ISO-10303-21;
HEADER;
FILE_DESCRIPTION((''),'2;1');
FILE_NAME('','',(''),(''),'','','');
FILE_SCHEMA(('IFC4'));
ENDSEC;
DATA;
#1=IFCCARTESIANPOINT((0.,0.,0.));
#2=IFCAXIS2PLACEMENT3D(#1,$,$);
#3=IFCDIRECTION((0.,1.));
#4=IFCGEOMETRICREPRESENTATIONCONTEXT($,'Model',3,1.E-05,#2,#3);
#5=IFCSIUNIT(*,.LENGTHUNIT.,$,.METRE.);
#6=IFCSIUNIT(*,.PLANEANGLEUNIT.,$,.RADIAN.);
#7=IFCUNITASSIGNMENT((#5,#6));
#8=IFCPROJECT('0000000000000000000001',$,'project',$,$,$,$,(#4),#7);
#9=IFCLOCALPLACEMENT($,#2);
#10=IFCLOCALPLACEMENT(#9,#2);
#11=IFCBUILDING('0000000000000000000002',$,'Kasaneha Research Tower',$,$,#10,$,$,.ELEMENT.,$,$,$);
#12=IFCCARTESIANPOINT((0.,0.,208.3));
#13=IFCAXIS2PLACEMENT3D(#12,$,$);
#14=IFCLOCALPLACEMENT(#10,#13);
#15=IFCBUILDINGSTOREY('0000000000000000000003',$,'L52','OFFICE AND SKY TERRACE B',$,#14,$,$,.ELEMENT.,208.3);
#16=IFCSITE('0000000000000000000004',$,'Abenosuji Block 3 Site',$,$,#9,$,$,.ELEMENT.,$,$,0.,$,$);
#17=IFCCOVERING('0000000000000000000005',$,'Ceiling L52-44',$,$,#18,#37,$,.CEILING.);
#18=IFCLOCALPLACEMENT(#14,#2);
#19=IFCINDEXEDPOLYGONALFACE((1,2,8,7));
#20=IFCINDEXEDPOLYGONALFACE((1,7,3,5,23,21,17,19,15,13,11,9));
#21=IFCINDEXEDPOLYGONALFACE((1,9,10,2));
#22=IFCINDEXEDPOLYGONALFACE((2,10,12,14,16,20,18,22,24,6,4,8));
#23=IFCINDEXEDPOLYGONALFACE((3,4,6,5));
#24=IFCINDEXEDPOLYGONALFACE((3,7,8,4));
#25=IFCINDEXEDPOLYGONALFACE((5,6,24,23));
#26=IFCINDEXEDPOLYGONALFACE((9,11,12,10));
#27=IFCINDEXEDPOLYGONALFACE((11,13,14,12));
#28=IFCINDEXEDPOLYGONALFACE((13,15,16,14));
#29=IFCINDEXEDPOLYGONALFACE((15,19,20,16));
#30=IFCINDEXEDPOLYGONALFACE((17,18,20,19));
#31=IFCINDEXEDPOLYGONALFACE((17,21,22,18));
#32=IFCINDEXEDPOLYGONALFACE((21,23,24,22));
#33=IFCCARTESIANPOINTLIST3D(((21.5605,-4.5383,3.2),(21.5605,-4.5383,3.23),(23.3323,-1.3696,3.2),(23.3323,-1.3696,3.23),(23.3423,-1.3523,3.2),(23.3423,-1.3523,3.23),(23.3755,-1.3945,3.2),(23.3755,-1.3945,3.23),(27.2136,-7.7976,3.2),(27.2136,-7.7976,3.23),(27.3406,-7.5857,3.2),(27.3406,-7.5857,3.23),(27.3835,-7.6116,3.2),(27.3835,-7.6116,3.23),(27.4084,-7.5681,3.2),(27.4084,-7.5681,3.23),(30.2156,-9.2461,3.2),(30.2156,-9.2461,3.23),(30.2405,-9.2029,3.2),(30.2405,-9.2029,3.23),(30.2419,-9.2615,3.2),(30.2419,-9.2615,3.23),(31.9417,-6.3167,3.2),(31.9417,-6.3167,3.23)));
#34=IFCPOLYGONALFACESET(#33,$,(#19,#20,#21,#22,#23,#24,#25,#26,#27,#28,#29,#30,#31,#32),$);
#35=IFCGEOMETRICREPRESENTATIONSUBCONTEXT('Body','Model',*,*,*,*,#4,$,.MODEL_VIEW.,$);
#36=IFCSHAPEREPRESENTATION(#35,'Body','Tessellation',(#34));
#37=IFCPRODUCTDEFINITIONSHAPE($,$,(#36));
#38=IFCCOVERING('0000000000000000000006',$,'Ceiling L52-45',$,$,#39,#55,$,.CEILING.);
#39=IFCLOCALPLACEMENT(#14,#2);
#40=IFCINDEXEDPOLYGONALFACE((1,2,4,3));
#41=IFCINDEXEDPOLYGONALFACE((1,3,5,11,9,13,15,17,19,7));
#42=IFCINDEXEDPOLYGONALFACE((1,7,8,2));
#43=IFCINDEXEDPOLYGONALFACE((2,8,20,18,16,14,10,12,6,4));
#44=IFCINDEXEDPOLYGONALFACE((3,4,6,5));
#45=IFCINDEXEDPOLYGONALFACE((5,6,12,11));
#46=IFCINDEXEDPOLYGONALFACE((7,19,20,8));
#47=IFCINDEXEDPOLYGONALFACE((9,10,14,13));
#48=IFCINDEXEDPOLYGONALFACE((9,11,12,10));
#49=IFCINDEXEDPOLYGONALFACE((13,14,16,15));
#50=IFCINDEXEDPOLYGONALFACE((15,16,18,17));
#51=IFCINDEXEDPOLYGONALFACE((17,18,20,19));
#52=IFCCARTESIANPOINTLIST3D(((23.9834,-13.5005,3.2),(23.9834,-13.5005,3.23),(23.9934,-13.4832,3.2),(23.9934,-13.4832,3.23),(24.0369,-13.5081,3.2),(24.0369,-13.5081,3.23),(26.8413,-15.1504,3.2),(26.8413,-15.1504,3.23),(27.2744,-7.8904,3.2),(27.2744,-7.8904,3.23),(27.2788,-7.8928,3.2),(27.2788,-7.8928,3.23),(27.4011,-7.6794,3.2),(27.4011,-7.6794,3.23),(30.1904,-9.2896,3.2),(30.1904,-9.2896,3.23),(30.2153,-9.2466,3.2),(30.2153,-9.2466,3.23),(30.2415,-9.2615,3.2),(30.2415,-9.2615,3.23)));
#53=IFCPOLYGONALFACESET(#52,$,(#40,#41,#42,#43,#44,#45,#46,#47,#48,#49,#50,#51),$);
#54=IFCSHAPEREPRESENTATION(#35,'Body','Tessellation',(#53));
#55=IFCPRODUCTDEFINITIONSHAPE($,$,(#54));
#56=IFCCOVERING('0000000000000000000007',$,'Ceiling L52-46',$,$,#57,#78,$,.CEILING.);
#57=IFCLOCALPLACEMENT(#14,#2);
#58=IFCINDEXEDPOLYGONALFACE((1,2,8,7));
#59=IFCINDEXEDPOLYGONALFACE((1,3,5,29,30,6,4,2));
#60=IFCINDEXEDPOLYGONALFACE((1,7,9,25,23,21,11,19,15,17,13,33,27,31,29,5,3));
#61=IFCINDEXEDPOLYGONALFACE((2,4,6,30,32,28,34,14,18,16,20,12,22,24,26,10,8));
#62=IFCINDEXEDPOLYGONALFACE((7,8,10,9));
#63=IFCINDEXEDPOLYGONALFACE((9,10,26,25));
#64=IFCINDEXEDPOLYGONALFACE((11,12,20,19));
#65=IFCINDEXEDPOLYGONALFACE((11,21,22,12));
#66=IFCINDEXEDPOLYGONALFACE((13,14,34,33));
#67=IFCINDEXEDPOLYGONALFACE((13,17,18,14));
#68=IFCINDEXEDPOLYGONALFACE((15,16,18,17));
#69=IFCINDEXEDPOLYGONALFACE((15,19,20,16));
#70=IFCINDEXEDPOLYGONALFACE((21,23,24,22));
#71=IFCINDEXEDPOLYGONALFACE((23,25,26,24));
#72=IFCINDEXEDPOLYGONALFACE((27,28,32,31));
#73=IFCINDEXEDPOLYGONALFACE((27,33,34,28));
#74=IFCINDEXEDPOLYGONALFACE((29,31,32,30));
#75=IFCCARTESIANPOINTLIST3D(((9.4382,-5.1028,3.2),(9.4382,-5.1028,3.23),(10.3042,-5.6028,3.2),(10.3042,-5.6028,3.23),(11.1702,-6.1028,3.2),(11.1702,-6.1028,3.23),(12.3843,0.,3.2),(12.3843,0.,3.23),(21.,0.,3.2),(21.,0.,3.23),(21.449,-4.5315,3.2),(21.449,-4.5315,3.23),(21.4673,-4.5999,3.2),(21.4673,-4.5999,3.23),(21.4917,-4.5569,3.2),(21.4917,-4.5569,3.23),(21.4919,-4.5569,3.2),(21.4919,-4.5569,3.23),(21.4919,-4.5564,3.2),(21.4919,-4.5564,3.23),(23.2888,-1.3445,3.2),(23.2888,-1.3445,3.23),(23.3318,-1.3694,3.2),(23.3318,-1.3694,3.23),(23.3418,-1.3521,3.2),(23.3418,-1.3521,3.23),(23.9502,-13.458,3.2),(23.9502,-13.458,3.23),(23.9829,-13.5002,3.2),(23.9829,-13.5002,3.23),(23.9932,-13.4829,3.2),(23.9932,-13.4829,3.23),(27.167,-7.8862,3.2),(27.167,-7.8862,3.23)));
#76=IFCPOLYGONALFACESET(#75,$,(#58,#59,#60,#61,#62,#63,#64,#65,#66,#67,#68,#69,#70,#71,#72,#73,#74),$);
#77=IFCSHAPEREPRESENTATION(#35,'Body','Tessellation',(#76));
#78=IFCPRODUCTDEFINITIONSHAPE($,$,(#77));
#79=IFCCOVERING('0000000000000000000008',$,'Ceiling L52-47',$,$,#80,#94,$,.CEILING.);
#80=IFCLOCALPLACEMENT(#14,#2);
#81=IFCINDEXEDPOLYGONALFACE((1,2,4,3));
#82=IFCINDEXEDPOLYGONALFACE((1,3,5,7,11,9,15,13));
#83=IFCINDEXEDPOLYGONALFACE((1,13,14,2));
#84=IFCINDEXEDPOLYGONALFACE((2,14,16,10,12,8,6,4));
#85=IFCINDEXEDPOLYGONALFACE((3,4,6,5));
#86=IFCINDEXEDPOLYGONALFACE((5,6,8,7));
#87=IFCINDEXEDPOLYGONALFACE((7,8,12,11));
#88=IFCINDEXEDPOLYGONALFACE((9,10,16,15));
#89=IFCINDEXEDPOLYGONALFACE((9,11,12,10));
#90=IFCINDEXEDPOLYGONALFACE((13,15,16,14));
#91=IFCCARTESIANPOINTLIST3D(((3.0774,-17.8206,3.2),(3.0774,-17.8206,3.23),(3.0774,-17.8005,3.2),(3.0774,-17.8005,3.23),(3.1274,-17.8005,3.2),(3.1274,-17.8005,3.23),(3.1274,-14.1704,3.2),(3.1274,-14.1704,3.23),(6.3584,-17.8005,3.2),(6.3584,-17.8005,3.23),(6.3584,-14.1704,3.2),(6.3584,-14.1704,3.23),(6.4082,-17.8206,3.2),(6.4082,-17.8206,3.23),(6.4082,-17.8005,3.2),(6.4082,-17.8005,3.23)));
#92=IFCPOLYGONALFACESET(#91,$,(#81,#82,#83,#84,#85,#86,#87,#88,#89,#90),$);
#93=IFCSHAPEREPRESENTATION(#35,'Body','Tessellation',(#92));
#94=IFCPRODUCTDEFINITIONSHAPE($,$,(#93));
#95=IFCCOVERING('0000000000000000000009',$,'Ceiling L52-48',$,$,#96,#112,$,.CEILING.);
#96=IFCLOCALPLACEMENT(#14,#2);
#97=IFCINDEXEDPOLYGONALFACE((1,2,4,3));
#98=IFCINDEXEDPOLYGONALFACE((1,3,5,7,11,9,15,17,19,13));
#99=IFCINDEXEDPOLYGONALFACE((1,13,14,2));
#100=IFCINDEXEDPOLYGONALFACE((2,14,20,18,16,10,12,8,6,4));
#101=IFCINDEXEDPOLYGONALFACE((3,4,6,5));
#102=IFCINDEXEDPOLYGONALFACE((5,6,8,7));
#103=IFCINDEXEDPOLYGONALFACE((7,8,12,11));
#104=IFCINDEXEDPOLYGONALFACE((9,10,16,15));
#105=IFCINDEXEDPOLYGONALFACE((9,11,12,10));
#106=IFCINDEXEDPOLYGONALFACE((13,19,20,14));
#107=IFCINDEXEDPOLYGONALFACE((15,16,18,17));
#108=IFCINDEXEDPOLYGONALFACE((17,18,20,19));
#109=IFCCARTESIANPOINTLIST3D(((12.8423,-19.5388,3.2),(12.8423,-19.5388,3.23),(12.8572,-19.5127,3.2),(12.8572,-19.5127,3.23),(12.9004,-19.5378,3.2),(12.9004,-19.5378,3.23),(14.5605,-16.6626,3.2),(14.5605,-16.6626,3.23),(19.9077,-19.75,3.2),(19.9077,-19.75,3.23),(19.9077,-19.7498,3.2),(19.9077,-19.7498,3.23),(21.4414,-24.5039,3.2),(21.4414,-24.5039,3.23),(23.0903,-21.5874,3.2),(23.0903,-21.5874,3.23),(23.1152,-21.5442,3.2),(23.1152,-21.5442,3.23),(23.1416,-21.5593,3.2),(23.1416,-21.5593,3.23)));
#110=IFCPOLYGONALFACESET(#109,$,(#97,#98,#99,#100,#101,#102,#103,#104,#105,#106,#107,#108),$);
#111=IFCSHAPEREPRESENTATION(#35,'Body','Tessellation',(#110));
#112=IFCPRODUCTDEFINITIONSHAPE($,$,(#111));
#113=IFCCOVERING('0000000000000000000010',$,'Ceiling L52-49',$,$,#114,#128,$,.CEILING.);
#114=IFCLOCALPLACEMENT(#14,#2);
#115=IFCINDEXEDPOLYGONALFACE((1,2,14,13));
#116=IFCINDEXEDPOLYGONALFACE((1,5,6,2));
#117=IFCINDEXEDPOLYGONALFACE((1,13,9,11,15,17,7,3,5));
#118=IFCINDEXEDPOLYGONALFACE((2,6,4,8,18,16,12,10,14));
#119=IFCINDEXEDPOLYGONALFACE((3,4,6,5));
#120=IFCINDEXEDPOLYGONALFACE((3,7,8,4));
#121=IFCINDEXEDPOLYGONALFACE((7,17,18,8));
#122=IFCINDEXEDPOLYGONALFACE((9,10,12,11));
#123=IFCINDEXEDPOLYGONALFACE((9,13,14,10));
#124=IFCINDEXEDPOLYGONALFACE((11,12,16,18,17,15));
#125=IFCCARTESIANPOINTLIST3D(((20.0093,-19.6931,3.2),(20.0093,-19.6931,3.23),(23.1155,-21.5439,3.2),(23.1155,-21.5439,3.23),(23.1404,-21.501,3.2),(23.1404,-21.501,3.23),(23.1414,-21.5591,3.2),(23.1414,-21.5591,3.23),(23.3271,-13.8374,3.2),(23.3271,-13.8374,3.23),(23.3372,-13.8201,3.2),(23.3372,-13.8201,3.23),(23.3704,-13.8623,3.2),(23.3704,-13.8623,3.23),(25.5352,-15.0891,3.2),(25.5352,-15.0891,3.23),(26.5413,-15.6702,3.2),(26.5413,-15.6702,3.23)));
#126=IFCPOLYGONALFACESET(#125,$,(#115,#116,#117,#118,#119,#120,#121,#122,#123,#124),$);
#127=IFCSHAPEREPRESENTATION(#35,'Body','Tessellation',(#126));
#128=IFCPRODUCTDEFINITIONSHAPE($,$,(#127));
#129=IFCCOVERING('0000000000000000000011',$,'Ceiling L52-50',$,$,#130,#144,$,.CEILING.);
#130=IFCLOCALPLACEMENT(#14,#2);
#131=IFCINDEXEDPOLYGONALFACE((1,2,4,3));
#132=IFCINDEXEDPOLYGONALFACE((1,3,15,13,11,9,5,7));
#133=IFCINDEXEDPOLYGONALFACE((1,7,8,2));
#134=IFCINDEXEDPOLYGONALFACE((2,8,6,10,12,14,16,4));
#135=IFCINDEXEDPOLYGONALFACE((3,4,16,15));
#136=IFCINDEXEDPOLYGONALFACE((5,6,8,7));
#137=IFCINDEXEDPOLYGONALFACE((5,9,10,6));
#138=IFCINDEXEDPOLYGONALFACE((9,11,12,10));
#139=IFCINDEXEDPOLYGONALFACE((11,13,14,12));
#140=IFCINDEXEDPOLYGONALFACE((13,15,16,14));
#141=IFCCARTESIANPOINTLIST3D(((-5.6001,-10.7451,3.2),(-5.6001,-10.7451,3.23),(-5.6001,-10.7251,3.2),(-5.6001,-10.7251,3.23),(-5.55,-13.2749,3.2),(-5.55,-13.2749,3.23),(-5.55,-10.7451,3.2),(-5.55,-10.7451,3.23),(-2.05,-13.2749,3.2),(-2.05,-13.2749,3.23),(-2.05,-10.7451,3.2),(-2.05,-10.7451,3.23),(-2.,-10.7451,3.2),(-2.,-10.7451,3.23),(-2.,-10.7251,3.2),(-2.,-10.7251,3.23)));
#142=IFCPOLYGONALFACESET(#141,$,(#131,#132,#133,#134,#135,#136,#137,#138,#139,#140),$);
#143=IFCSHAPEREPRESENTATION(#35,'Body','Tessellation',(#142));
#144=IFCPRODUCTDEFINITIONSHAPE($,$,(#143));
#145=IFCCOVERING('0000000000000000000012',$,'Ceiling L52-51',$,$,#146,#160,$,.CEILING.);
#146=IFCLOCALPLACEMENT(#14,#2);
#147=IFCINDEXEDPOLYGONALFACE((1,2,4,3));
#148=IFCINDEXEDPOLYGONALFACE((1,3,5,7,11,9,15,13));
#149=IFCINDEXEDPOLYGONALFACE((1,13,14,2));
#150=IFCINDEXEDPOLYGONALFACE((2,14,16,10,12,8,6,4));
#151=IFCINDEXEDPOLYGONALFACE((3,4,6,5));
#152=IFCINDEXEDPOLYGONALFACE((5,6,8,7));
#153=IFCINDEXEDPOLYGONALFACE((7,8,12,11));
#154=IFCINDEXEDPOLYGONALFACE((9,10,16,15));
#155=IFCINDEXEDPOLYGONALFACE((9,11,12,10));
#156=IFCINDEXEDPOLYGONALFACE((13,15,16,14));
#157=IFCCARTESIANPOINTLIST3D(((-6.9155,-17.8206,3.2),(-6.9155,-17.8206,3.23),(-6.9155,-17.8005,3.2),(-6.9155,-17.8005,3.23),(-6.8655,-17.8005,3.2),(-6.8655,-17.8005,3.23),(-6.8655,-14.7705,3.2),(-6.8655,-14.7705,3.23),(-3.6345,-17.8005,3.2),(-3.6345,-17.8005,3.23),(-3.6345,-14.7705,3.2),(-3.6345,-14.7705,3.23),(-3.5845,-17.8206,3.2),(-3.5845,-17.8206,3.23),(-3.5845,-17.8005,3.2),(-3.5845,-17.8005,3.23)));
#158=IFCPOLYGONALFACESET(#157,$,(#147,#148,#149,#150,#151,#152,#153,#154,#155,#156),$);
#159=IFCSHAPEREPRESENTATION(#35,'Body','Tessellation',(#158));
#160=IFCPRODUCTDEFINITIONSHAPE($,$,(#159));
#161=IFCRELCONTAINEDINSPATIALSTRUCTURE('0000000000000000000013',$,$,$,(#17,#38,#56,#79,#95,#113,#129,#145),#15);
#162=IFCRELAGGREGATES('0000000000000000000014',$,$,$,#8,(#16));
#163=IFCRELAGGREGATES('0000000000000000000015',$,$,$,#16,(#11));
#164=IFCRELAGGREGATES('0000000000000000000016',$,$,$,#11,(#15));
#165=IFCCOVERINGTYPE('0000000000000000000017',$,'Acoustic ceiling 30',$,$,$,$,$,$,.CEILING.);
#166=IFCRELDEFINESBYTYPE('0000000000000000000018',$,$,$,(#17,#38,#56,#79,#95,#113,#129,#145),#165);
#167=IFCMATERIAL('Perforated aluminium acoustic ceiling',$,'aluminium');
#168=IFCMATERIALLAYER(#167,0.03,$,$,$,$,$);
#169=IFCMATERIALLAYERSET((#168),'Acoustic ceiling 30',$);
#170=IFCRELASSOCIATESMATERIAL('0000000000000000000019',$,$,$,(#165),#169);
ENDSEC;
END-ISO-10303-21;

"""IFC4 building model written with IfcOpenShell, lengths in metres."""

from ifc_helpers import new_model, si_unit, direction, frame, origin, place, context, subcontext, project, spatial, polyline, outline, extrude, material, layer, layer_set, type_object, element, save


model = new_model("IFC4")

# Units and contexts
model_context = context("Model", 3, precision=1e-05, world=origin(), true_north=direction((0.0, 1.0)))
body_context = subcontext(model_context, "Body", "Model", "MODEL_VIEW")
ifc_project = project(units=[si_unit("LENGTHUNIT", "METRE"), si_unit("PLANEANGLEUNIT", "RADIAN")], contexts=[model_context])

# Site, building, storey
site_placement = place(None, origin())
site = spatial("IfcSite", under=ifc_project, at=site_placement, Name="Abenosuji Block 3 Site", CompositionType="ELEMENT", RefElevation=0.0)
building_placement = place(site_placement, origin())
building = spatial("IfcBuilding", under=site, at=building_placement, Name="Kasaneha Research Tower", CompositionType="ELEMENT")
storey_placement = place(building_placement, frame((0.0, 0.0, 208.3)))
storey = spatial("IfcBuildingStorey", under=building, at=storey_placement, Name="L52", Description="OFFICE AND SKY TERRACE B", CompositionType="ELEMENT", Elevation=208.3)

# Coverings
ifc_material_1 = material(Name="Perforated aluminium acoustic ceiling", Category="aluminium")
ifc_layer_1 = layer(ifc_material_1, 0.03)
ifc_layer_set_1 = layer_set([ifc_layer_1], Name="Acoustic ceiling 30")
covering_type = type_object("IfcCoveringType", Name="Acoustic ceiling 30", PredefinedType="CEILING", material=ifc_layer_set_1)
covering_1_placement = place(storey_placement, frame((0.0, 0.0, 3.2)))
element("IfcCovering", 1, at=covering_1_placement, inside=storey, type_object=covering_type, Name="Ceiling L52-44", PredefinedType="CEILING", context=body_context, shape_type="SweptSolid", body=[
    extrude(outline(polyline([(30.2419, -9.2615), (30.2156, -9.2461), (30.2405, -9.2029), (27.4084, -7.5681), (27.3835, -7.6116), (27.3835, -7.6116), (27.3835, -7.6116), (27.3406, -7.5857), (27.2136, -7.7976), (21.5605, -4.5383), (23.3755, -1.3945), (23.3323, -1.3696), (23.3423, -1.3523), (31.9417, -6.3167), (30.2419, -9.2615)])), origin(), (0.0, 0.0, 1.0), 0.03),
])
covering_2_placement = place(storey_placement, frame((0.0, 0.0, 3.2)))
element("IfcCovering", 2, at=covering_2_placement, inside=storey, type_object=covering_type, Name="Ceiling L52-45", PredefinedType="CEILING", context=body_context, shape_type="SweptSolid", body=[
    extrude(outline(polyline([(23.9834, -13.5005), (23.9934, -13.4832), (24.0369, -13.5081), (27.2788, -7.8928), (27.2744, -7.8904), (27.4011, -7.6794), (30.1904, -9.2896), (30.2153, -9.2466), (30.2415, -9.2615), (26.8413, -15.1504), (23.9834, -13.5005)])), origin(), (0.0, 0.0, 1.0), 0.03),
])
covering_3_placement = place(storey_placement, frame((0.0, 0.0, 3.2)))
element("IfcCovering", 3, at=covering_3_placement, inside=storey, type_object=covering_type, Name="Ceiling L52-46", PredefinedType="CEILING", context=body_context, shape_type="SweptSolid", body=[
    extrude(outline(polyline([(9.4382, -5.1028), (12.3843, 0.0), (21.0, 0.0), (23.3418, -1.3521), (23.3318, -1.3694), (23.2888, -1.3445), (21.449, -4.5315), (21.4919, -4.5564), (21.4917, -4.5569), (21.4919, -4.5569), (21.4673, -4.5999), (27.167, -7.8862), (23.9502, -13.458), (23.9932, -13.4829), (23.9829, -13.5002), (11.1702, -6.1028), (11.1702, -6.1028), (10.3042, -5.6028), (10.3042, -5.6028), (9.4382, -5.1028)])), origin(), (0.0, 0.0, 1.0), 0.03),
])
covering_4_placement = place(storey_placement, frame((0.0, 0.0, 3.2)))
element("IfcCovering", 4, at=covering_4_placement, inside=storey, type_object=covering_type, Name="Ceiling L52-47", PredefinedType="CEILING", context=body_context, shape_type="SweptSolid", body=[
    extrude(outline(polyline([(3.0774, -17.8206), (3.0774, -17.8005), (3.1274, -17.8005), (3.1274, -14.1704), (6.3584, -14.1704), (6.3584, -17.8005), (6.4082, -17.8005), (6.4082, -17.8206), (3.0774, -17.8206)])), origin(), (0.0, 0.0, 1.0), 0.03),
])
covering_5_placement = place(storey_placement, frame((0.0, 0.0, 3.2)))
element("IfcCovering", 5, at=covering_5_placement, inside=storey, type_object=covering_type, Name="Ceiling L52-48", PredefinedType="CEILING", context=body_context, shape_type="SweptSolid", body=[
    extrude(outline(polyline([(21.4414, -24.5039), (12.8423, -19.5388), (12.8572, -19.5127), (12.9004, -19.5378), (14.5605, -16.6626), (19.9077, -19.7498), (19.9077, -19.75), (23.0903, -21.5874), (23.1152, -21.5442), (23.1416, -21.5593), (21.4414, -24.5039)])), origin(), (0.0, 0.0, 1.0), 0.03),
])
covering_6_placement = place(storey_placement, frame((0.0, 0.0, 3.2)))
element("IfcCovering", 6, at=covering_6_placement, inside=storey, type_object=covering_type, Name="Ceiling L52-49", PredefinedType="CEILING", context=body_context, shape_type="SweptSolid", body=[
    extrude(outline(polyline([(23.1414, -21.5591), (23.1155, -21.5439), (23.1404, -21.501), (20.0093, -19.6931), (23.3704, -13.8623), (23.3271, -13.8374), (23.3372, -13.8201), (25.5352, -15.0891), (26.5413, -15.6702), (23.1414, -21.5591)])), origin(), (0.0, 0.0, 1.0), 0.03),
])
covering_7_placement = place(storey_placement, frame((0.0, 0.0, 3.2)))
element("IfcCovering", 7, at=covering_7_placement, inside=storey, type_object=covering_type, Name="Ceiling L52-50", PredefinedType="CEILING", context=body_context, shape_type="SweptSolid", body=[
    extrude(outline(polyline([(-2.0, -10.7251), (-2.0, -10.7451), (-2.05, -10.7451), (-2.05, -13.2749), (-5.55, -13.2749), (-5.55, -10.7451), (-5.6001, -10.7451), (-5.6001, -10.7251), (-2.0, -10.7251)])), origin(), (0.0, 0.0, 1.0), 0.03),
])
covering_8_placement = place(storey_placement, frame((0.0, 0.0, 3.2)))
element("IfcCovering", 8, at=covering_8_placement, inside=storey, type_object=covering_type, Name="Ceiling L52-51", PredefinedType="CEILING", context=body_context, shape_type="SweptSolid", body=[
    extrude(outline(polyline([(-6.9155, -17.8206), (-6.9155, -17.8005), (-6.8655, -17.8005), (-6.8655, -14.7705), (-3.6345, -14.7705), (-3.6345, -17.8005), (-3.5845, -17.8005), (-3.5845, -17.8206), (-6.9155, -17.8206)])), origin(), (0.0, 0.0, 1.0), 0.03),
])

save(model, "model.ifc")
